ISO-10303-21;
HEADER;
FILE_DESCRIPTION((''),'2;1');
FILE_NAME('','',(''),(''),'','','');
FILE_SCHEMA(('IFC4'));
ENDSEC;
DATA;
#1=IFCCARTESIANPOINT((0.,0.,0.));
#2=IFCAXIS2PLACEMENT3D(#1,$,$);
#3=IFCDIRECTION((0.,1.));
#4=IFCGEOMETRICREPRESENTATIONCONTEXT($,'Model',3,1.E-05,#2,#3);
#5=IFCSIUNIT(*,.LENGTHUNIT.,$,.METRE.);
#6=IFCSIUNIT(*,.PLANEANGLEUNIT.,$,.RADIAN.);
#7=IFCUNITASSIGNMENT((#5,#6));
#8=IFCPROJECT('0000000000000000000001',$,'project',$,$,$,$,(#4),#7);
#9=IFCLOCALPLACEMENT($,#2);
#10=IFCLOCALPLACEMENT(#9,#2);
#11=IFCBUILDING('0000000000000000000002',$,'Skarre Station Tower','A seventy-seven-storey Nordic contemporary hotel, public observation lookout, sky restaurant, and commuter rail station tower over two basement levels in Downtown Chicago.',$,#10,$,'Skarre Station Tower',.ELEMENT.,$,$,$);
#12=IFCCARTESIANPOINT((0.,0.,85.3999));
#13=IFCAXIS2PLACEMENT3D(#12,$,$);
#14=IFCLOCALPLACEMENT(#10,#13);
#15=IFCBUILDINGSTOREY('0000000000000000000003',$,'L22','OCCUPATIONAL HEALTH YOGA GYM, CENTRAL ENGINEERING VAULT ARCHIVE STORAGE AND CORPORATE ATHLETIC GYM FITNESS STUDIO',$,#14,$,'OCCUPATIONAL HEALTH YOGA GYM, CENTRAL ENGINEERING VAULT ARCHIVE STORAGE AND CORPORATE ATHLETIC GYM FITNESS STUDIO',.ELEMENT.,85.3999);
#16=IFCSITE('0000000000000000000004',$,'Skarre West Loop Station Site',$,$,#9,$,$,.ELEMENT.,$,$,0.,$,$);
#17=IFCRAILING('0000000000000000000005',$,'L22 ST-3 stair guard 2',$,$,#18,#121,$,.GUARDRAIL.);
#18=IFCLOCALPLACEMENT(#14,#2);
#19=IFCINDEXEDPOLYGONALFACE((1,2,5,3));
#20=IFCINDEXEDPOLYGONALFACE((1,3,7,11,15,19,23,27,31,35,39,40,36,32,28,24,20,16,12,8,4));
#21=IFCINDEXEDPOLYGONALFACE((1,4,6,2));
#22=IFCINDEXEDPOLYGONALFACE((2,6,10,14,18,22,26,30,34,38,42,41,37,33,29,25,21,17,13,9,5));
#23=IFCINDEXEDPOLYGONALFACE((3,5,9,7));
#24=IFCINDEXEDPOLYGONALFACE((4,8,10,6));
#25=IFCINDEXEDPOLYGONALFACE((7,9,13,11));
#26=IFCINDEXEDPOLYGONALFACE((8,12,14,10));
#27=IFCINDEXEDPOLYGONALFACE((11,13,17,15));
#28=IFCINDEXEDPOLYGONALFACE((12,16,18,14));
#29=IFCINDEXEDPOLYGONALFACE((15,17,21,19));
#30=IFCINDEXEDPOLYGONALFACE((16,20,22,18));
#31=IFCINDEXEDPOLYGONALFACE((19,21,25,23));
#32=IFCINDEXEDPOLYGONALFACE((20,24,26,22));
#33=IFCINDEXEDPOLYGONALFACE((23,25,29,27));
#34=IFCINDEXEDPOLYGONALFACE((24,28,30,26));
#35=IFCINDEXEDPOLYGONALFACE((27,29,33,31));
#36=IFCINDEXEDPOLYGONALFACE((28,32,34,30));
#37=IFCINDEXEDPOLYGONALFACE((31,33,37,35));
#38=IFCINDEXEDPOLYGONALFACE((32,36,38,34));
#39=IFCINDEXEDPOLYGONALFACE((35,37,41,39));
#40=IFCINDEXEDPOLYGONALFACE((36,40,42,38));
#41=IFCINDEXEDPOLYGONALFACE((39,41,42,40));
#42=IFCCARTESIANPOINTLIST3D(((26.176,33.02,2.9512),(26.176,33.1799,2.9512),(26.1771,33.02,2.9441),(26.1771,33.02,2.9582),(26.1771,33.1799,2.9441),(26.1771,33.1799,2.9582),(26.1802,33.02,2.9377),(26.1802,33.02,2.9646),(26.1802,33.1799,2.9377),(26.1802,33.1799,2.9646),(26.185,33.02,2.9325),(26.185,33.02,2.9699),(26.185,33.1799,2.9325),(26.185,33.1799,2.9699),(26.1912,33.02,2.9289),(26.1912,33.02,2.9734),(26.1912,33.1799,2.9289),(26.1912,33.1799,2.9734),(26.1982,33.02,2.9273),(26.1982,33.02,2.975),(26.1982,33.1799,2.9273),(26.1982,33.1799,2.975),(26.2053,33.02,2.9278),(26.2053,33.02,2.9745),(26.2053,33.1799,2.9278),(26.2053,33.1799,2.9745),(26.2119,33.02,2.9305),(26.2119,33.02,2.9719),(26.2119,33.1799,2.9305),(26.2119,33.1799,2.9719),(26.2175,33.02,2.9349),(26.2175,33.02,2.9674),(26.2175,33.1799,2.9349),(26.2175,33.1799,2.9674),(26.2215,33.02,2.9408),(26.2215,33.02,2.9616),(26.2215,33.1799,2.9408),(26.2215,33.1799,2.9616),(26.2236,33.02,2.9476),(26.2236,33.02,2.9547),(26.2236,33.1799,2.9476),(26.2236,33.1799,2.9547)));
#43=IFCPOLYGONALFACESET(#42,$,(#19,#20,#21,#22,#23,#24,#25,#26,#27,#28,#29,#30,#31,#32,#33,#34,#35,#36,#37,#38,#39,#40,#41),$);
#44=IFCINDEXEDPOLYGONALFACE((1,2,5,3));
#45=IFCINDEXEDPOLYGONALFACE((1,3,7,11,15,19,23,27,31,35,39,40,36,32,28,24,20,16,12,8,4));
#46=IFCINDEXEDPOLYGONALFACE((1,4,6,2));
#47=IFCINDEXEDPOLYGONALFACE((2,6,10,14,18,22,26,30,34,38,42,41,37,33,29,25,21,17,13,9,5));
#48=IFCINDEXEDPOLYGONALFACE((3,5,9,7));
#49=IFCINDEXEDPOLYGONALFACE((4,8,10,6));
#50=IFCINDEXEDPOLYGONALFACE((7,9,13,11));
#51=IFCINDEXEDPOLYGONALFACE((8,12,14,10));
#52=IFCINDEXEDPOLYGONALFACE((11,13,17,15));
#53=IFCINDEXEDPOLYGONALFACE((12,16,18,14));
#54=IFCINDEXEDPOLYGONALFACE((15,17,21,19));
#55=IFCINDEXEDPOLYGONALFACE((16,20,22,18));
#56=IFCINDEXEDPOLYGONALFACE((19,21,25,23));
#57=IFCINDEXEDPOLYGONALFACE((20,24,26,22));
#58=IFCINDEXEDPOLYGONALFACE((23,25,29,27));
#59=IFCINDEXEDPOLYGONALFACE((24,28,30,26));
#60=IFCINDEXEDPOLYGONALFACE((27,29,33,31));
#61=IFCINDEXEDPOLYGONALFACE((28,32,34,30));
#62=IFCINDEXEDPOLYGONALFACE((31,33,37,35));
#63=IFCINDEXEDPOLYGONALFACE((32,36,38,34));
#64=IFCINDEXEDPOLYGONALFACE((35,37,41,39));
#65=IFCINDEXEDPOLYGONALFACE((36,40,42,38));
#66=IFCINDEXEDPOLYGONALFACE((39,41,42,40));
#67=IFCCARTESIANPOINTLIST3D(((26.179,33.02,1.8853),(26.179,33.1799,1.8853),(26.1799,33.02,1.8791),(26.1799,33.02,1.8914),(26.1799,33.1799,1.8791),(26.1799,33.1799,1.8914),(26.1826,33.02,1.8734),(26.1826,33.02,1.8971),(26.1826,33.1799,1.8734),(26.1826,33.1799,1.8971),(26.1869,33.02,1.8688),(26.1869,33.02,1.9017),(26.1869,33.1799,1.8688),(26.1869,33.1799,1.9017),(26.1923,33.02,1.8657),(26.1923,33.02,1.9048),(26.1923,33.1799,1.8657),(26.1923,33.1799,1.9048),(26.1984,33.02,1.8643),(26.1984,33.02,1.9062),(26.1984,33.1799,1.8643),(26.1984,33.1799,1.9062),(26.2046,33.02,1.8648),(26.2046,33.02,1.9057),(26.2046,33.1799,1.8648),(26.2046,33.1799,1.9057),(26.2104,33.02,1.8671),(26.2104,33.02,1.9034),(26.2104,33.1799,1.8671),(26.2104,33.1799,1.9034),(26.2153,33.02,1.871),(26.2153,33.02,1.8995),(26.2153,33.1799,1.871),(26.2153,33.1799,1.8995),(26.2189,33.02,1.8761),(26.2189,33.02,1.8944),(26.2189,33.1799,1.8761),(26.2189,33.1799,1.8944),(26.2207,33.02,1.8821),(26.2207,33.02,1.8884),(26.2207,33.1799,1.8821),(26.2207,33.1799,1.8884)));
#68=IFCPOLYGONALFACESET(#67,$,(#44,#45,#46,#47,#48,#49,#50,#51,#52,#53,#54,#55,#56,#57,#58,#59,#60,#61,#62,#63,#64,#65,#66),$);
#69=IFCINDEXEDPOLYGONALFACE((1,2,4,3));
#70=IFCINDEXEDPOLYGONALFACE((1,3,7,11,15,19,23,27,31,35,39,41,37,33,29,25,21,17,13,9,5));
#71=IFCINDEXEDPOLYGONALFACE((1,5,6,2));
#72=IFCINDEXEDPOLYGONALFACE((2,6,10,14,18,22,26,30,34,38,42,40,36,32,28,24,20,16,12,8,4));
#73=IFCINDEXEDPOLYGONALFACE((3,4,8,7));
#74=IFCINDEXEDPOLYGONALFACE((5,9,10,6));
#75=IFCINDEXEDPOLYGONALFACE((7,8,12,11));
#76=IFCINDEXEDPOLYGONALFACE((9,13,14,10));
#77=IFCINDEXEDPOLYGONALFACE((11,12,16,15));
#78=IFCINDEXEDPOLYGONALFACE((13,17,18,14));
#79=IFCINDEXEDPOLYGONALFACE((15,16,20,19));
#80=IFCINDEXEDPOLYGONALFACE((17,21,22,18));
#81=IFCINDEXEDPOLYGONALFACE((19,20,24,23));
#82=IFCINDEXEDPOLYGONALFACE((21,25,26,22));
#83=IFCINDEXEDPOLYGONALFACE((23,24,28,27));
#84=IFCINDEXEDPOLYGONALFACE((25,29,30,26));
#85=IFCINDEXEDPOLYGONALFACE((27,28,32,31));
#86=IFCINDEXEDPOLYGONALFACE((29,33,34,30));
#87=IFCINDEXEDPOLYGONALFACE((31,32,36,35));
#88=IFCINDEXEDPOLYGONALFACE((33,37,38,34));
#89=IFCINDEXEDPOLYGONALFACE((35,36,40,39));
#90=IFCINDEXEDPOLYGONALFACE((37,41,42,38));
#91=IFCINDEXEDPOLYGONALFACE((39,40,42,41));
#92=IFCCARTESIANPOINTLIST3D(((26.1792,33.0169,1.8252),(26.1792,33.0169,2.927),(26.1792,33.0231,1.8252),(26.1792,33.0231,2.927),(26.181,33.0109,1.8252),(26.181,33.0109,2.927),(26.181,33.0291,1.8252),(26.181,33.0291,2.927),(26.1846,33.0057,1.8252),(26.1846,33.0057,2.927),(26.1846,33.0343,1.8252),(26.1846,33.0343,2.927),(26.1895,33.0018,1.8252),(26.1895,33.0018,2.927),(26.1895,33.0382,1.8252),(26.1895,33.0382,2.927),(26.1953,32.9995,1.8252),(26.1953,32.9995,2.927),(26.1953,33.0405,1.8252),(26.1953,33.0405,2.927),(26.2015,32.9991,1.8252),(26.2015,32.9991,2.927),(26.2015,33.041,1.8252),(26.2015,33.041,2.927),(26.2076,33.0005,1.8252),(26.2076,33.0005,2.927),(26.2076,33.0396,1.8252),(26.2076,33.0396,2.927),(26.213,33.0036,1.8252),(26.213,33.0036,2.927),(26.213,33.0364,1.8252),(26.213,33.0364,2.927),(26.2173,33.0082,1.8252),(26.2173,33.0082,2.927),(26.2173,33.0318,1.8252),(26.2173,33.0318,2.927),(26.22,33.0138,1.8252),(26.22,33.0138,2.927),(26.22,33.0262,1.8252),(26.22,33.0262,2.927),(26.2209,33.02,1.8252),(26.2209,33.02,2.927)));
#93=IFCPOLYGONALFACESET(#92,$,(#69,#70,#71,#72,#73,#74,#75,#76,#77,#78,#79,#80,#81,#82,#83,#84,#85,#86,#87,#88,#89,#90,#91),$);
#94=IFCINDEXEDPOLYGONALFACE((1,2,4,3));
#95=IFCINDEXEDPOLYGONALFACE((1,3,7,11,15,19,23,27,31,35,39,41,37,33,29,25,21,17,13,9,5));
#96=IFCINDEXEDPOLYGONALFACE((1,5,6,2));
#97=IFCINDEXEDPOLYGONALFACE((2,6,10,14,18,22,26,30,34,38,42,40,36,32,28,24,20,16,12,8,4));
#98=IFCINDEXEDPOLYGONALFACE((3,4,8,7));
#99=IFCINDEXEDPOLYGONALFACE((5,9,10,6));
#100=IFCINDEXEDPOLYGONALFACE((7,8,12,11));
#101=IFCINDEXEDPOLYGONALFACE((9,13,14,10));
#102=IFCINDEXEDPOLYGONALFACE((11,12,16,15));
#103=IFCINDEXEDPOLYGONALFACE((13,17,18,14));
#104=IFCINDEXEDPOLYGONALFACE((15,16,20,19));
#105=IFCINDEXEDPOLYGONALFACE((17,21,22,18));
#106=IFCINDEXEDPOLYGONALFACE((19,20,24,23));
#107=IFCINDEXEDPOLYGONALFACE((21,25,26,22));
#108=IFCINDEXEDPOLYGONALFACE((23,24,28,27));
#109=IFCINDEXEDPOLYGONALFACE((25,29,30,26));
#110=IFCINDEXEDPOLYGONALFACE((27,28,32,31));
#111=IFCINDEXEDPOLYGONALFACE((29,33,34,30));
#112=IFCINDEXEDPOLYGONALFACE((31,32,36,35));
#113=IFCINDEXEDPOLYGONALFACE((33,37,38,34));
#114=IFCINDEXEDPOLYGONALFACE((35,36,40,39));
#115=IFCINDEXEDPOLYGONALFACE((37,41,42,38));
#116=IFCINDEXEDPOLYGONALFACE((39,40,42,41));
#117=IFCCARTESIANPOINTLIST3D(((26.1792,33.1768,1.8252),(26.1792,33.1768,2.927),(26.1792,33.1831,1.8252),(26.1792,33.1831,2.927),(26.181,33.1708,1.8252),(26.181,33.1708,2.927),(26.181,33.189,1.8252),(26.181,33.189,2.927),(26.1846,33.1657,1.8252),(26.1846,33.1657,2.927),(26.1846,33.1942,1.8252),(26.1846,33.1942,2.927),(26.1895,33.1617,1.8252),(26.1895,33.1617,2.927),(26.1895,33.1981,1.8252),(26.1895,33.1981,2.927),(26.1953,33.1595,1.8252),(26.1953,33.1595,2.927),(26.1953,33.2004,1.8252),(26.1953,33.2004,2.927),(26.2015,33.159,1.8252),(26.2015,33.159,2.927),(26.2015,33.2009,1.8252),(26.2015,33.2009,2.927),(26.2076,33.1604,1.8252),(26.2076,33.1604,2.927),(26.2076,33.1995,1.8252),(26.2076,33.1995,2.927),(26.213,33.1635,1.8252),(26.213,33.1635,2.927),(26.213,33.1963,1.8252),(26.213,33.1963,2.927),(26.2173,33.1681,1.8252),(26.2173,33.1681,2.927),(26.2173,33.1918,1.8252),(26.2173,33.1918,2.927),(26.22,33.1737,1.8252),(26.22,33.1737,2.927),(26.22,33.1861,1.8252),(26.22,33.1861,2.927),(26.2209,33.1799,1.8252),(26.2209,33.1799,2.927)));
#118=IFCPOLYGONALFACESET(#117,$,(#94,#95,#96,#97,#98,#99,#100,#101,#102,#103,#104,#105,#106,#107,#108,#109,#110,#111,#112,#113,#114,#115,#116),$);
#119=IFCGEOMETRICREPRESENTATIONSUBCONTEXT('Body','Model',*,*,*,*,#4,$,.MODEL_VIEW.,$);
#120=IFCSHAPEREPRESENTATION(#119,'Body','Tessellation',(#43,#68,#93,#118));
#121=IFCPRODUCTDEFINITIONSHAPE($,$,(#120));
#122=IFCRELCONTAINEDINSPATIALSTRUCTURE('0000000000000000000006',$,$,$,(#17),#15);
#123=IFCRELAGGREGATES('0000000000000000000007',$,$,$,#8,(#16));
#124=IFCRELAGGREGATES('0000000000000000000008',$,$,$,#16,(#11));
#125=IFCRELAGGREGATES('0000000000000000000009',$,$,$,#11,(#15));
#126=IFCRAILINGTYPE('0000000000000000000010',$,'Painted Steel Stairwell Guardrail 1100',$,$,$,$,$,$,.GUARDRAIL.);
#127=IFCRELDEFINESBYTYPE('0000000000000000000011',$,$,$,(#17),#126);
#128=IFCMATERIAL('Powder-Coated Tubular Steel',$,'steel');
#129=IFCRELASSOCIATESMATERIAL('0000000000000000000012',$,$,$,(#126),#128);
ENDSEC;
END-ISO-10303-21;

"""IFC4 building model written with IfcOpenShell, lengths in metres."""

from ifc_helpers import new_model, si_unit, direction, frame, origin, origin_2d, place, context, subcontext, project, spatial, circle, extrude, material, type_object, element, save


model = new_model("IFC4")

# Units and contexts
model_context = context("Model", 3, precision=1e-05, world=origin(), true_north=direction((0.0, 1.0)))
body_context = subcontext(model_context, "Body", "Model", "MODEL_VIEW")
ifc_project = project(units=[si_unit("LENGTHUNIT", "METRE"), si_unit("PLANEANGLEUNIT", "RADIAN")], contexts=[model_context])

# Site, building, storey
site_placement = place(None, origin())
site = spatial("IfcSite", under=ifc_project, at=site_placement, Name="Skarre West Loop Station Site", CompositionType="ELEMENT", RefElevation=0.0)
building_placement = place(site_placement, origin())
building = spatial("IfcBuilding", under=site, at=building_placement, Name="Skarre Station Tower", Description="A seventy-seven-storey Nordic contemporary hotel, public observation lookout, sky restaurant, and commuter rail station tower over two basement levels in Downtown Chicago.", LongName="Skarre Station Tower", CompositionType="ELEMENT")
storey_placement = place(building_placement, frame((0.0, 0.0, 85.3999)))
storey = spatial("IfcBuildingStorey", under=building, at=storey_placement, Name="L22", Description="OCCUPATIONAL HEALTH YOGA GYM, CENTRAL ENGINEERING VAULT ARCHIVE STORAGE AND CORPORATE ATHLETIC GYM FITNESS STUDIO", LongName="OCCUPATIONAL HEALTH YOGA GYM, CENTRAL ENGINEERING VAULT ARCHIVE STORAGE AND CORPORATE ATHLETIC GYM FITNESS STUDIO", CompositionType="ELEMENT", Elevation=85.3999)

# Railing
ifc_material_1 = material(Name="Powder-Coated Tubular Steel", Category="steel")
railing_type_1 = type_object("IfcRailingType", Name="Painted Steel Stairwell Guardrail 1100", PredefinedType="GUARDRAIL", material=ifc_material_1)
railing_1_placement = place(storey_placement, frame((26.2, 33.02, 1.8252)))
element("IfcRailing", 1, at=railing_1_placement, inside=storey, type_object=railing_type_1, Name="L22 ST-3 stair guard 2", PredefinedType="GUARDRAIL", context=body_context, shape_type="SweptSolid", body=[
    extrude(circle(Radius=0.0239, at=origin_2d()), frame((0.0, 0.0, 1.126), z_axis=(0.0, 1.0, 0.0), x_axis=(-1.0, 0.0, 0.0)), (0.0, 0.0, 1.0), 0.1599),
    extrude(circle(Radius=0.021, at=origin_2d()), frame((0.0, 0.0, 0.0601), z_axis=(0.0, 1.0, 0.0), x_axis=(-1.0, 0.0, 0.0)), (0.0, 0.0, 1.0), 0.1599),
    extrude(circle(Radius=0.021, at=origin_2d()), origin(), (0.0, 0.0, 1.0), 1.1018),
    extrude(circle(Radius=0.021, at=origin_2d()), frame((0.0, 0.1599, 0.0)), (0.0, 0.0, 1.0), 1.1018),
])

save(model, "model.ifc")
